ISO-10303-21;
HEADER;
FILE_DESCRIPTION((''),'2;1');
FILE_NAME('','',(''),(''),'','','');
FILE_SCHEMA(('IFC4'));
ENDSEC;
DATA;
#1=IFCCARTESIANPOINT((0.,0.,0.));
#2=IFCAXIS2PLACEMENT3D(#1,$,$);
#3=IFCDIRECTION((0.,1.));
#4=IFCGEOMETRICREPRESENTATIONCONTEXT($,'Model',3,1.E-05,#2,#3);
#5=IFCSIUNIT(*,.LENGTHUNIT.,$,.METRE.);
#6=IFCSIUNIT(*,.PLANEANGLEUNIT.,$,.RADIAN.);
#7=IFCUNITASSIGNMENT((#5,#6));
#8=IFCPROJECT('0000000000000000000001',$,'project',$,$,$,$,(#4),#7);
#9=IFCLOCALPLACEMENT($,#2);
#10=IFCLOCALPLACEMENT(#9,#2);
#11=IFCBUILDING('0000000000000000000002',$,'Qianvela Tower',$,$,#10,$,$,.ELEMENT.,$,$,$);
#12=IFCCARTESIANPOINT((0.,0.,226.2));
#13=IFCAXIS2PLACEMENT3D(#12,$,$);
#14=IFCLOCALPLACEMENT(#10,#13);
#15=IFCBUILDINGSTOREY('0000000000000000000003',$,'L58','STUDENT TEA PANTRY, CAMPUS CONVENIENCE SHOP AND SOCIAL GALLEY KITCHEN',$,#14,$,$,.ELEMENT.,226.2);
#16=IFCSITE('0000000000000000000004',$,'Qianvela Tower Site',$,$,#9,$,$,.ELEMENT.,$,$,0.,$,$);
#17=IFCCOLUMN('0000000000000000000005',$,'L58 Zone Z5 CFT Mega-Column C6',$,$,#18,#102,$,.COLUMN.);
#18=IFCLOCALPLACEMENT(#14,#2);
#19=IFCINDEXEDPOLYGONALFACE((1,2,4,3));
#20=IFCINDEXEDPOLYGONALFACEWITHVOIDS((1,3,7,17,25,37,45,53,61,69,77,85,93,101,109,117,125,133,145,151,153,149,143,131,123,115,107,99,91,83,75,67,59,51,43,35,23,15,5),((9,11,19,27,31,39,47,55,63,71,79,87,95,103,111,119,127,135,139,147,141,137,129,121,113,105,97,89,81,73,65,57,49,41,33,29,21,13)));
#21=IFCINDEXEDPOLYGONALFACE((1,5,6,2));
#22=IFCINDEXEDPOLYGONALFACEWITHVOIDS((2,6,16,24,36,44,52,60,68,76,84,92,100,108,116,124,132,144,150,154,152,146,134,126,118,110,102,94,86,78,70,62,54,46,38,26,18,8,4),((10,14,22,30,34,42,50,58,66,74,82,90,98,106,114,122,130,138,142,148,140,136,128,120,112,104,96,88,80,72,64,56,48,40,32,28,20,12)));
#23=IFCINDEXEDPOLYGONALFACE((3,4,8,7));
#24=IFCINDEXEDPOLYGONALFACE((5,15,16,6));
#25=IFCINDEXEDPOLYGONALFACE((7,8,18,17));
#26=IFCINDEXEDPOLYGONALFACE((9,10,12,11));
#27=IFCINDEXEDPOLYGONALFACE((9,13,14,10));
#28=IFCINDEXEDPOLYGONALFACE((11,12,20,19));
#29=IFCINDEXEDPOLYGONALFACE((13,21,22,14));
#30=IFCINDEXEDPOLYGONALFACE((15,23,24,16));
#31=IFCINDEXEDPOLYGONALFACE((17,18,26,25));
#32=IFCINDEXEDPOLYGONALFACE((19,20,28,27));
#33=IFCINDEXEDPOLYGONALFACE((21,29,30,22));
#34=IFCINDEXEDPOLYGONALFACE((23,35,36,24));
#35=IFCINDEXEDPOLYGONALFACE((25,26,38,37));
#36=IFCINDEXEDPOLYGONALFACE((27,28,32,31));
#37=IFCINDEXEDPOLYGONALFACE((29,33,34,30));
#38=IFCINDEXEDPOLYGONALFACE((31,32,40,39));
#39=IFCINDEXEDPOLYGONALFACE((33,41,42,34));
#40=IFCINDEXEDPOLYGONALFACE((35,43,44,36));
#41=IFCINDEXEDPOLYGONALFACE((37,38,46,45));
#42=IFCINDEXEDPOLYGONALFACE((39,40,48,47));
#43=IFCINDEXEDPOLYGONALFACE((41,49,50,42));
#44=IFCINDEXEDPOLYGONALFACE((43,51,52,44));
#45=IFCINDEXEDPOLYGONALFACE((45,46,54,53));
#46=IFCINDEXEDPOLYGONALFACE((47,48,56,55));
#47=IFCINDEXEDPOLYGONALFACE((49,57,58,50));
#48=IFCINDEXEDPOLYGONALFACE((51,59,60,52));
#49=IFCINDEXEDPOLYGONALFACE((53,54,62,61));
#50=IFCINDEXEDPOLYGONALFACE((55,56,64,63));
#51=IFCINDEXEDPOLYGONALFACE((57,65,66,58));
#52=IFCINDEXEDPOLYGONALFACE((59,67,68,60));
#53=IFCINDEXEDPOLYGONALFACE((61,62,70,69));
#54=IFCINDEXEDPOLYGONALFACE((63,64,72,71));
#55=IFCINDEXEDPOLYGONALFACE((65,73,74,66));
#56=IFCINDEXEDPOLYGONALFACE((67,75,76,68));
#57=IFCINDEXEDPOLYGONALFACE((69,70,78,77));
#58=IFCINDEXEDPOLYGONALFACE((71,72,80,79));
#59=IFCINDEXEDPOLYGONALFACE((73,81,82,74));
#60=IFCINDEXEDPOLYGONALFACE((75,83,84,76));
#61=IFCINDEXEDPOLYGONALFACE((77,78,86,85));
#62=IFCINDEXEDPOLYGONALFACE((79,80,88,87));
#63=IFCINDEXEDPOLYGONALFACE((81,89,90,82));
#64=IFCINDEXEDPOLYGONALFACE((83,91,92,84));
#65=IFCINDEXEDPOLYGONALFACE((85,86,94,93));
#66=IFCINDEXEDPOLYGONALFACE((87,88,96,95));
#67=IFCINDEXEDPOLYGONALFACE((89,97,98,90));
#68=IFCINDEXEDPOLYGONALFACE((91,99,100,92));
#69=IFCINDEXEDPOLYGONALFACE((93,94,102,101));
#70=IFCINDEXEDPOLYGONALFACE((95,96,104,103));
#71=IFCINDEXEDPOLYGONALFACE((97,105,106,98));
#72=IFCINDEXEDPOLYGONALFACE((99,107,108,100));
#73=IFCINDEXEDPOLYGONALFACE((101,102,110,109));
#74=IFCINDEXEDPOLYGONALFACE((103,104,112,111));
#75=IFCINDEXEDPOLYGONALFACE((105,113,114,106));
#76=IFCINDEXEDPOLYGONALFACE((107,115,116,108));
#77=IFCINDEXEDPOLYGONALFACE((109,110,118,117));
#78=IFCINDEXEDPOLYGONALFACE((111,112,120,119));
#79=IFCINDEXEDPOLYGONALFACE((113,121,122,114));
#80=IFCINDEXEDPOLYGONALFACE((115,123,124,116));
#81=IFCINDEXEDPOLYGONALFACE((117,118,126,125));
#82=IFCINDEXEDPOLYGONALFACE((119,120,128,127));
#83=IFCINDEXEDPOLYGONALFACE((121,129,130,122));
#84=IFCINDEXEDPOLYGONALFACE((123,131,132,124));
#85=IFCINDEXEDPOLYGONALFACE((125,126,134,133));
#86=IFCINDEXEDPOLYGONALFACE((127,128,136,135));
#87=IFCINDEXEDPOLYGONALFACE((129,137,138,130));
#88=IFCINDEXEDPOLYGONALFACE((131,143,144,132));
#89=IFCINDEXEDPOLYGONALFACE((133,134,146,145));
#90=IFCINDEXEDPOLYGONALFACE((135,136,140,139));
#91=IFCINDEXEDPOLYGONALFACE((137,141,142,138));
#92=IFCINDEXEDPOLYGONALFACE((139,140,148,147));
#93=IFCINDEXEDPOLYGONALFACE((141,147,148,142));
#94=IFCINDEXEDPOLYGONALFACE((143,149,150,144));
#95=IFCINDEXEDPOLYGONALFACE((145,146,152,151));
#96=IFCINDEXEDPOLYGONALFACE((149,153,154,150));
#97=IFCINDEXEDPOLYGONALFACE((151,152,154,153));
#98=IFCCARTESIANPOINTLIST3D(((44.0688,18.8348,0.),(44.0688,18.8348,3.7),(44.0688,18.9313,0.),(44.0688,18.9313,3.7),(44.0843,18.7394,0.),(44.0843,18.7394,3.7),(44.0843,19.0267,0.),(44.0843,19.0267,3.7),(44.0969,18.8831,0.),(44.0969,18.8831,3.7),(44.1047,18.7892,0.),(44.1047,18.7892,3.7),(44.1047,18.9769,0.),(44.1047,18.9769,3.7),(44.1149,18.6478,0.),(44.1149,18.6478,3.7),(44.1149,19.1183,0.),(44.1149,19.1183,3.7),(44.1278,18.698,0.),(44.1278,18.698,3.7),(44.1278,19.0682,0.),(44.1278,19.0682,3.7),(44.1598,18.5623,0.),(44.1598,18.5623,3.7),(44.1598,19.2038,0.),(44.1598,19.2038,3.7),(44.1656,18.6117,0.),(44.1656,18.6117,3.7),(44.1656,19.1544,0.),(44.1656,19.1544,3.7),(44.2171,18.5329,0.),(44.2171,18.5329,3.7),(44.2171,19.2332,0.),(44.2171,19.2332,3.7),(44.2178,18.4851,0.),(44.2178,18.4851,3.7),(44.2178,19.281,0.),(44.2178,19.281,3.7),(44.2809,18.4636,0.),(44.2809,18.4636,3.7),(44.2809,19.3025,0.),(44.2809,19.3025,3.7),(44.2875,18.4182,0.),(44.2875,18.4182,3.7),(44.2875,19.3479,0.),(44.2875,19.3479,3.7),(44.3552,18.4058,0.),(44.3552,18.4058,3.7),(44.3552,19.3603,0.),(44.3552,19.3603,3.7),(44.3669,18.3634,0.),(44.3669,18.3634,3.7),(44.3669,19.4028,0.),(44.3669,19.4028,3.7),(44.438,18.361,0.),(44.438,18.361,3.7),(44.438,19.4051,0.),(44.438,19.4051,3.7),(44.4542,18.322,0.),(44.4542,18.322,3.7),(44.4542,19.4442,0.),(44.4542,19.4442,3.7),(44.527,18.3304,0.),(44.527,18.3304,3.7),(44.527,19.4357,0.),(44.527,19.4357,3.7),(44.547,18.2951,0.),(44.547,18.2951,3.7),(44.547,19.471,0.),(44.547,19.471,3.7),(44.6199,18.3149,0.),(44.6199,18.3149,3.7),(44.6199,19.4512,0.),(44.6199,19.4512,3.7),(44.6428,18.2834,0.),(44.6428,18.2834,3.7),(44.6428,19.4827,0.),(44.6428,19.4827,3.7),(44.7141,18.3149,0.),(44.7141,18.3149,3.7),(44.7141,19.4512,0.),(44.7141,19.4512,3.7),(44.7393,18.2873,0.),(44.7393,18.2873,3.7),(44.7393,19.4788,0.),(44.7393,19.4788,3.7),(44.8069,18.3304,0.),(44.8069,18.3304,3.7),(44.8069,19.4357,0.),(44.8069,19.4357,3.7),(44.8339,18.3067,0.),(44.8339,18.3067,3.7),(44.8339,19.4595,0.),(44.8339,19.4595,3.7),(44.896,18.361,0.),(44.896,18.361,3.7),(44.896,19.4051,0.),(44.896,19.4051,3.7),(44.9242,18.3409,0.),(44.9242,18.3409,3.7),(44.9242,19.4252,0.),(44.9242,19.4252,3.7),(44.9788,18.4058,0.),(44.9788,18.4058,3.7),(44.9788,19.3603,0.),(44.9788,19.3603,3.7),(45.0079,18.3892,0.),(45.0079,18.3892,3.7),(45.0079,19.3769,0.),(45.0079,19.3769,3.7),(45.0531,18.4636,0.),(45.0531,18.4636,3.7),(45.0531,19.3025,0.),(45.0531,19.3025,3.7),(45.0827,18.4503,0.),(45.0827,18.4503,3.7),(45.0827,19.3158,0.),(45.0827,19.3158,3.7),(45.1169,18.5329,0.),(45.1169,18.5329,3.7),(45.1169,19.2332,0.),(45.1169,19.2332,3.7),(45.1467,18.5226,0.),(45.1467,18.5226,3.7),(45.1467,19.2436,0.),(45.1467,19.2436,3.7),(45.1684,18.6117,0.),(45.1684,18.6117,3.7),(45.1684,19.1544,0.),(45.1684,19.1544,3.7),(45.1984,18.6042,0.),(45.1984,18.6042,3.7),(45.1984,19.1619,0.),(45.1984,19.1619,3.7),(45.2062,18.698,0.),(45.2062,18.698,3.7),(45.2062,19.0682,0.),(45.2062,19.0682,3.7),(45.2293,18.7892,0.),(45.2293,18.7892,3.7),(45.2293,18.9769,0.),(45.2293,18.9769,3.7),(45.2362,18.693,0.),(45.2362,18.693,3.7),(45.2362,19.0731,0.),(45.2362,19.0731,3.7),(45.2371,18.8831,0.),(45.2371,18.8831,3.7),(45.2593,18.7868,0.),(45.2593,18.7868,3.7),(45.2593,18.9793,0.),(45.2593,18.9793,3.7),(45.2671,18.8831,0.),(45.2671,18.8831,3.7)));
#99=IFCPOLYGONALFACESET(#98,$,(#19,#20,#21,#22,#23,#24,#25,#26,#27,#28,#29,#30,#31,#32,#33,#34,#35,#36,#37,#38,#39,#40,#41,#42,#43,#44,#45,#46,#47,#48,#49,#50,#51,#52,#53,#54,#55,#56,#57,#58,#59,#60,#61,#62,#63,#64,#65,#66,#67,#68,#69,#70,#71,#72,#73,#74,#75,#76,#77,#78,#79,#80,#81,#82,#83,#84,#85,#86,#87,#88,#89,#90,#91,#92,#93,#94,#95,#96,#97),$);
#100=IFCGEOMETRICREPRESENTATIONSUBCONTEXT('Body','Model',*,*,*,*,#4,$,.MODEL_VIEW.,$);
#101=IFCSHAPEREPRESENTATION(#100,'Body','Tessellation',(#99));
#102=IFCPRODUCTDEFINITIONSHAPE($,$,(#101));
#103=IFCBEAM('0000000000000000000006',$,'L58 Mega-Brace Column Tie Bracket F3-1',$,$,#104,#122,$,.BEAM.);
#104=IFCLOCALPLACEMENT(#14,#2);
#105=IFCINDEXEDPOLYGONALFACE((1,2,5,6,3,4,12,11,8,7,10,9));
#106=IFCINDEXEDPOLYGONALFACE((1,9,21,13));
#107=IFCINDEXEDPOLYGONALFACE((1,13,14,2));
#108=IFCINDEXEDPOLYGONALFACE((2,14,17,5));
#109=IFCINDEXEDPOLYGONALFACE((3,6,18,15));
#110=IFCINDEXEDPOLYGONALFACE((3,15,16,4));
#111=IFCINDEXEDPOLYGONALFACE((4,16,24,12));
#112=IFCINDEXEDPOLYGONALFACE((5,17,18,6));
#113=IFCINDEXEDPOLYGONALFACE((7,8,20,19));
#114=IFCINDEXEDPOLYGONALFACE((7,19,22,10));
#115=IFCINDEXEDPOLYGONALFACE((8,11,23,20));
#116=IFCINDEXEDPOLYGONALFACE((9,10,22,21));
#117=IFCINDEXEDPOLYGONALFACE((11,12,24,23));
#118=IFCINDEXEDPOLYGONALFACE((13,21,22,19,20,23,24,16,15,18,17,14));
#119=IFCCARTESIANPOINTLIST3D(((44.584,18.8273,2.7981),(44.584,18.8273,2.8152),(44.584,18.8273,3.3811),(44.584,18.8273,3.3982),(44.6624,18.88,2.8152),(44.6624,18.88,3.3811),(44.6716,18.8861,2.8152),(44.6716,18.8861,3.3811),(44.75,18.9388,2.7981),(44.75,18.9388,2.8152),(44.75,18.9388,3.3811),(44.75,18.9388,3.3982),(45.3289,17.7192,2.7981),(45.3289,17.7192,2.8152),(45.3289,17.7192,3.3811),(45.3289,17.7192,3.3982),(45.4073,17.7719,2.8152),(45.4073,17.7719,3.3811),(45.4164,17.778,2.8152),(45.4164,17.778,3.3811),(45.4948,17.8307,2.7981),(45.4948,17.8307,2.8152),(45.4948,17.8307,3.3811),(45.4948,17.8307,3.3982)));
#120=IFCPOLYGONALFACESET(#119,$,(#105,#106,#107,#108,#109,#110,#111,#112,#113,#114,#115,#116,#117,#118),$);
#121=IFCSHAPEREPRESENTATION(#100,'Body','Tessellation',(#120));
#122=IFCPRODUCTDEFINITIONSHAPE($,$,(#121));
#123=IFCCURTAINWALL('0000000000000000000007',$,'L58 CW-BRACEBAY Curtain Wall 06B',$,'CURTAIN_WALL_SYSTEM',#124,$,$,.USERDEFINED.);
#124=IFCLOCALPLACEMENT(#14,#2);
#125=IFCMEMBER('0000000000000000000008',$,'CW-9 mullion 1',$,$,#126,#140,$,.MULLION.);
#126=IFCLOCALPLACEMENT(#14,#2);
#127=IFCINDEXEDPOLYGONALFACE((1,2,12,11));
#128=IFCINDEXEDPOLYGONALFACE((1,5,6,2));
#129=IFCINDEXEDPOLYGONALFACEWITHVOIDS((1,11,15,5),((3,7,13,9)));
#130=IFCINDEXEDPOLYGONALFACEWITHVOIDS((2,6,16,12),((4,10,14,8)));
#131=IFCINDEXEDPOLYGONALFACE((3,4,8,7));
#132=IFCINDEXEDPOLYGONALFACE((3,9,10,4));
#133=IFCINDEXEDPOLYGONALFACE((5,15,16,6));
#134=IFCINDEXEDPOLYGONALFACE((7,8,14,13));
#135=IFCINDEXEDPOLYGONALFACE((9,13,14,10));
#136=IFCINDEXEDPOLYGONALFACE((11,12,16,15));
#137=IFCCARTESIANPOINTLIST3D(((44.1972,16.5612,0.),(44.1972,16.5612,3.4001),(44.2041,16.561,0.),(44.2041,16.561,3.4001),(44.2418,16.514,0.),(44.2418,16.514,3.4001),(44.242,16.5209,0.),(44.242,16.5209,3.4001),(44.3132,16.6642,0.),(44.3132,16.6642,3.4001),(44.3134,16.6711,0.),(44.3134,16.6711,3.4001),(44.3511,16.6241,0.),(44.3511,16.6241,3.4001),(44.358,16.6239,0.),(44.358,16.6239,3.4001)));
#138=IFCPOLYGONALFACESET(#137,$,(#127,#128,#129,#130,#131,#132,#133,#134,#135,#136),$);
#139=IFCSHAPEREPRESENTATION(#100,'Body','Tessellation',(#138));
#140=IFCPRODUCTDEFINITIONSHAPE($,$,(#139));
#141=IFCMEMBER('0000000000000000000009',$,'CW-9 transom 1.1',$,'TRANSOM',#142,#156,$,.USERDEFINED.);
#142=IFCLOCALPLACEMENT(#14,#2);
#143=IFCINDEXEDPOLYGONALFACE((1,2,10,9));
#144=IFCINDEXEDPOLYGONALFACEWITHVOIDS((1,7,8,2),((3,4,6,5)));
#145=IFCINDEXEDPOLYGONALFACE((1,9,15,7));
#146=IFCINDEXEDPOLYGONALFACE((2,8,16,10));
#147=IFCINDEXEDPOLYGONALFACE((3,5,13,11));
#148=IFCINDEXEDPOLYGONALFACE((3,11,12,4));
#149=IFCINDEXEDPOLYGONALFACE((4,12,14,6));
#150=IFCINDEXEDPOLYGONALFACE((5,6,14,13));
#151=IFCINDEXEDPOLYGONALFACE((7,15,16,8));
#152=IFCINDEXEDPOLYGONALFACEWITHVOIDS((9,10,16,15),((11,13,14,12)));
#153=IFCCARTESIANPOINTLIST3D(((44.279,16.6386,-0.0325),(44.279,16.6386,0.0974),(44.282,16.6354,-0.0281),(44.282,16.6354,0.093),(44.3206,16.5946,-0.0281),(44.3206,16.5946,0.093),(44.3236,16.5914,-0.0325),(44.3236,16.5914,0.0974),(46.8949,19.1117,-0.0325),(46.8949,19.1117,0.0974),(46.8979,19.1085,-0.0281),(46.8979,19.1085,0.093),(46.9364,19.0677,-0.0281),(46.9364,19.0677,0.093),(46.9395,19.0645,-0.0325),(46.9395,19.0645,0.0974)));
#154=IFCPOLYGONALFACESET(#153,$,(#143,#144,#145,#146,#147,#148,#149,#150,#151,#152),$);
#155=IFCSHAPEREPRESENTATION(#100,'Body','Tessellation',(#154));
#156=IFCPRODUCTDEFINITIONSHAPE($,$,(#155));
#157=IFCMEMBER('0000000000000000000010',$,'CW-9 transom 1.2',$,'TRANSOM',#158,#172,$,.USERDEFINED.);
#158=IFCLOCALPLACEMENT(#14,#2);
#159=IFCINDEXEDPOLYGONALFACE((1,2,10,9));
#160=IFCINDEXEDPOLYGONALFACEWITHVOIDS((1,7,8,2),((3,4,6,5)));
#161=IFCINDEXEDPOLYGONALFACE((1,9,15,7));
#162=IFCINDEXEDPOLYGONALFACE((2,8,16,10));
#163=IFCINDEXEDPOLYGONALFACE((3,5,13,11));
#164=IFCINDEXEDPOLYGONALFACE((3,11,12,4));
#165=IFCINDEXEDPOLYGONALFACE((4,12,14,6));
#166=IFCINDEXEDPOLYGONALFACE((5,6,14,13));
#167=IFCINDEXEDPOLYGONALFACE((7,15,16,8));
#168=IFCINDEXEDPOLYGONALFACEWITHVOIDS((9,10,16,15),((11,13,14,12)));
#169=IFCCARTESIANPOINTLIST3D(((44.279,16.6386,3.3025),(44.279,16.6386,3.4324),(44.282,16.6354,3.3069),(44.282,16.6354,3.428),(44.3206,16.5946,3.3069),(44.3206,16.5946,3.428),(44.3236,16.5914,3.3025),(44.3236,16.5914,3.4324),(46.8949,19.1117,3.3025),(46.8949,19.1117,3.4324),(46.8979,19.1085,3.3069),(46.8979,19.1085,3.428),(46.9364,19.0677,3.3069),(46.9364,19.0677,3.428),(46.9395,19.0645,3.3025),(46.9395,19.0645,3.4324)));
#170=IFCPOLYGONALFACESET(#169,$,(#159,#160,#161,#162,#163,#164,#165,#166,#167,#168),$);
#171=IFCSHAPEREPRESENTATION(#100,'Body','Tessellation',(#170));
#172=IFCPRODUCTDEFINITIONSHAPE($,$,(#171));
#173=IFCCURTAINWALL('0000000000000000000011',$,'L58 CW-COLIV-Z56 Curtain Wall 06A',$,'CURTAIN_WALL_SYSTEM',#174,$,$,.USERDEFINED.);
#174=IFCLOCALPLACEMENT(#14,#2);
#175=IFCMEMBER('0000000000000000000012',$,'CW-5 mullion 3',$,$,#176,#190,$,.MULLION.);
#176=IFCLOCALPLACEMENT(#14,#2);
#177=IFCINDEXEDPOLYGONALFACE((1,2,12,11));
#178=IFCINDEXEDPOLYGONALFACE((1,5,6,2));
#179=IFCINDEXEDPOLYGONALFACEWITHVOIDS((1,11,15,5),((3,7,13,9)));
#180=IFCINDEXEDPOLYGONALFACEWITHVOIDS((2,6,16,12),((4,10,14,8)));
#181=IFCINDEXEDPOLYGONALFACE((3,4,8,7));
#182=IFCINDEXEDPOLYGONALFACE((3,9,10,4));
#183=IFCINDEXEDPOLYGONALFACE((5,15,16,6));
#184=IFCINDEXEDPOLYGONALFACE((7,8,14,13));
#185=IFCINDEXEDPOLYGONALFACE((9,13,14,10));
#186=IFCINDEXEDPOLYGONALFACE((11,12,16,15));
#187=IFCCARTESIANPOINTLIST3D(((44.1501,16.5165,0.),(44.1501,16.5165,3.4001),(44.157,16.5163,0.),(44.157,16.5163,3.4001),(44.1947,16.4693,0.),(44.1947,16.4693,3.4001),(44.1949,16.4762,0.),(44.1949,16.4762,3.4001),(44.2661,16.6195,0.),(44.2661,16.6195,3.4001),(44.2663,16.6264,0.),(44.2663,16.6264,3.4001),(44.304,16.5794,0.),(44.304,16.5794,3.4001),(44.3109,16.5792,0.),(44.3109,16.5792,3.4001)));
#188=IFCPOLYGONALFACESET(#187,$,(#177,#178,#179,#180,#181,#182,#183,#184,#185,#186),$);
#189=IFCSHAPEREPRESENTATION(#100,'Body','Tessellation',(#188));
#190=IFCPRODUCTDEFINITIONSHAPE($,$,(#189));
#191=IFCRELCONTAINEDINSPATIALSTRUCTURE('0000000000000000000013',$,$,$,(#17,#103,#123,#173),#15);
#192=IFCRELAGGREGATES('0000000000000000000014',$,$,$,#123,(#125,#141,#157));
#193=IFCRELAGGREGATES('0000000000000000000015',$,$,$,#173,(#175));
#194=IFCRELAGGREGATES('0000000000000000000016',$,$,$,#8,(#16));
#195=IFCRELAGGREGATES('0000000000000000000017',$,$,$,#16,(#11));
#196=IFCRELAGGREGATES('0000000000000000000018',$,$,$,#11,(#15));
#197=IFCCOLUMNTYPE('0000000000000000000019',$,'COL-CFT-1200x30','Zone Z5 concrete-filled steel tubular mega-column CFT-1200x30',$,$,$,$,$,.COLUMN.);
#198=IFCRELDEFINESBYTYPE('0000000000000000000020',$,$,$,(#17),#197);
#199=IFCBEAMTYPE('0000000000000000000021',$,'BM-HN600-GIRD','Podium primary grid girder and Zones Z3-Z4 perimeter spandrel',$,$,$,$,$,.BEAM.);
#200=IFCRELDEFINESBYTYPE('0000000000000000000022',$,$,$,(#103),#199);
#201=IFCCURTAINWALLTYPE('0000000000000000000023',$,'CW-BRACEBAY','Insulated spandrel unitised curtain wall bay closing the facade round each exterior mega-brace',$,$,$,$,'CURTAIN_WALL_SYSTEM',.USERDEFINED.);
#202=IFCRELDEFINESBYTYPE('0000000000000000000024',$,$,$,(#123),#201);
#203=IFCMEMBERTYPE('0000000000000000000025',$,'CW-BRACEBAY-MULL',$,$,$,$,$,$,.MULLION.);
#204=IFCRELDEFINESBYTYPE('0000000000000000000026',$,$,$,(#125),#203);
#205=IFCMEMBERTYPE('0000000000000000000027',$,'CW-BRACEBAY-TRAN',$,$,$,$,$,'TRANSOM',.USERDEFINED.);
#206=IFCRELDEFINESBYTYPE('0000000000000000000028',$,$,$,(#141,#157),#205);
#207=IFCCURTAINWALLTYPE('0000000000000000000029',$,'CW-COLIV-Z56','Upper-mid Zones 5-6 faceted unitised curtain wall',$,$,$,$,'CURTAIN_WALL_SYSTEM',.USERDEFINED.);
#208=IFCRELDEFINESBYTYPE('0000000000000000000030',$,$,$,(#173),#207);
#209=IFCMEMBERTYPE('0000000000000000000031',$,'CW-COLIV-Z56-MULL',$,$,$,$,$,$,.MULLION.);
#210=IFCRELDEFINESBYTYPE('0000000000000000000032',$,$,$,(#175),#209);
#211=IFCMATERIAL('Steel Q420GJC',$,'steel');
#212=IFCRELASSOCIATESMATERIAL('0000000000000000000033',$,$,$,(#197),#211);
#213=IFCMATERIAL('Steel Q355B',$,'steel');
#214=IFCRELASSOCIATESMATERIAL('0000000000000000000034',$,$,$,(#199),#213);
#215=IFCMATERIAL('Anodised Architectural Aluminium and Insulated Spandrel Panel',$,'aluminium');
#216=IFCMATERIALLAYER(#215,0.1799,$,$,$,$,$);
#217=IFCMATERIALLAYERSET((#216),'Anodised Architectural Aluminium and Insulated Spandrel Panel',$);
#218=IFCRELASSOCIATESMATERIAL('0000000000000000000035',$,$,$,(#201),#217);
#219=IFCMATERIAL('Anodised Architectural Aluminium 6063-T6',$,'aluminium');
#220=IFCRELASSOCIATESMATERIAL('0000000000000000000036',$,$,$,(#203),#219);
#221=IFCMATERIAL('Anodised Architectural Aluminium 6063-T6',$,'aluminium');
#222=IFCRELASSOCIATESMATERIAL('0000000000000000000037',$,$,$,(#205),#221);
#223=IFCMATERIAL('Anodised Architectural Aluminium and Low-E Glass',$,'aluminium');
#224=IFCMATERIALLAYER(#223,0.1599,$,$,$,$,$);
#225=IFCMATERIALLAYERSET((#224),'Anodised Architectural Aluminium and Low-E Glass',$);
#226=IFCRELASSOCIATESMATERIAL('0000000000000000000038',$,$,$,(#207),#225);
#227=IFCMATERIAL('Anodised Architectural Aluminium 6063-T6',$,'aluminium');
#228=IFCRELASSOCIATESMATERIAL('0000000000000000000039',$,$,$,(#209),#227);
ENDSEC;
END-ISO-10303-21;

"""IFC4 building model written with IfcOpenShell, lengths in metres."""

from ifc_helpers import new_model, si_unit, direction, frame, origin, origin_2d, place, context, subcontext, project, spatial, hollow_rectangle, hollow_circle, i_section, extrude, material, layer, layer_set, material_profile, profile_set, type_object, element, aggregate, save


model = new_model("IFC4")

# Units and contexts
model_context = context("Model", 3, precision=1e-05, world=origin(), true_north=direction((0.0, 1.0)))
body_context = subcontext(model_context, "Body", "Model", "MODEL_VIEW")
ifc_project = project(units=[si_unit("LENGTHUNIT", "METRE"), si_unit("PLANEANGLEUNIT", "RADIAN")], contexts=[model_context])

# Site, building, storey
site_placement = place(None, origin())
site = spatial("IfcSite", under=ifc_project, at=site_placement, Name="Qianvela Tower Site", CompositionType="ELEMENT", RefElevation=0.0)
building_placement = place(site_placement, origin())
building = spatial("IfcBuilding", under=site, at=building_placement, Name="Qianvela Tower", CompositionType="ELEMENT")
storey_placement = place(building_placement, frame((0.0, 0.0, 226.2)))
storey = spatial("IfcBuildingStorey", under=building, at=storey_placement, Name="L58", Description="STUDENT TEA PANTRY, CAMPUS CONVENIENCE SHOP AND SOCIAL GALLEY KITCHEN", CompositionType="ELEMENT", Elevation=226.2)

# Column
ifc_material_1 = material(Name="Steel Q420GJC", Category="steel")
ifc_material_profile_1 = material_profile(ifc_material_1, hollow_circle(Radius=0.6001, WallThickness=0.03, at=origin_2d()), Name="CFT-1200x30")
ifc_profile_set_1 = profile_set([ifc_material_profile_1], Name="Steel Q420GJC")
column_type = type_object("IfcColumnType", Name="COL-CFT-1200x30", Description="Zone Z5 concrete-filled steel tubular mega-column CFT-1200x30", PredefinedType="COLUMN", material=ifc_profile_set_1)
column_placement = place(storey_placement, frame((44.667, 18.8831, 0.0), z_axis=(0.0, 0.0, 1.0), x_axis=(1.0, 0.0, 0.0)))
element("IfcColumn", 1, at=column_placement, inside=storey, type_object=column_type, Name="L58 Zone Z5 CFT Mega-Column C6", PredefinedType="COLUMN", context=body_context, shape_type="SweptSolid", body=[
    extrude(hollow_circle(Radius=0.6001, WallThickness=0.03, at=origin_2d()), origin(), (0.0, 0.0, 1.0), 3.7),
])

# Beam
ifc_material_2 = material(Name="Steel Q355B", Category="steel")
ifc_material_profile_2 = material_profile(ifc_material_2, i_section(OverallWidth=0.2, OverallDepth=0.6001, WebThickness=0.011, FlangeThickness=0.0171, at=origin_2d()), Name="HN600x200x11x17")
ifc_profile_set_2 = profile_set([ifc_material_profile_2], Name="Steel Q355B")
beam_type = type_object("IfcBeamType", Name="BM-HN600-GIRD", Description="Podium primary grid girder and Zones Z3-Z4 perimeter spandrel", PredefinedType="BEAM", material=ifc_profile_set_2)
beam_placement = place(storey_placement, frame((44.667, 18.8831, 3.0981), z_axis=(0.557861, -0.829935, 0.0), x_axis=(0.829935, 0.557861, 0.0)))
element("IfcBeam", 2, at=beam_placement, inside=storey, type_object=beam_type, Name="L58 Mega-Brace Column Tie Bracket F3-1", PredefinedType="BEAM", context=body_context, shape_type="SweptSolid", body=[
    extrude(i_section(OverallWidth=0.2, OverallDepth=0.6001, WebThickness=0.011, FlangeThickness=0.0171, at=origin_2d()), origin(), (0.0, 0.0, 1.0), 1.3352),
])

# Curtain wall, members
ifc_material_3 = material(Name="Anodised Architectural Aluminium and Insulated Spandrel Panel", Category="aluminium")
ifc_layer_1 = layer(ifc_material_3, 0.1799)
ifc_layer_set_1 = layer_set([ifc_layer_1], Name="Anodised Architectural Aluminium and Insulated Spandrel Panel")
curtain_wall_type_1 = type_object("IfcCurtainWallType", Name="CW-BRACEBAY", Description="Insulated spandrel unitised curtain wall bay closing the facade round each exterior mega-brace", ElementType="CURTAIN_WALL_SYSTEM", PredefinedType="USERDEFINED", material=ifc_layer_set_1)
curtain_wall_1_placement = place(storey_placement, origin())
curtain_wall_1 = element("IfcCurtainWall", 3, at=curtain_wall_1_placement, inside=storey, type_object=curtain_wall_type_1, Name="L58 CW-BRACEBAY Curtain Wall 06B", ObjectType="CURTAIN_WALL_SYSTEM", PredefinedType="USERDEFINED")
ifc_material_4 = material(Name="Anodised Architectural Aluminium 6063-T6", Category="aluminium")
ifc_material_profile_3 = material_profile(ifc_material_4, hollow_rectangle(XDim=0.0649, YDim=0.1599, WallThickness=0.0049, at=origin_2d()), Name="ALU-MULL-65x160")
ifc_profile_set_3 = profile_set([ifc_material_profile_3], Name="Anodised Architectural Aluminium 6063-T6")
member_type_1 = type_object("IfcMemberType", Name="CW-BRACEBAY-MULL", PredefinedType="MULLION", material=ifc_profile_set_3)
member_1_placement = place(storey_placement, frame((44.2776, 16.5925, 0.0), z_axis=(0.0, 0.0, 1.0), x_axis=(-0.687003, 0.726655, 0.0)))
member_1 = element("IfcMember", 4, at=member_1_placement, type_object=member_type_1, Name="CW-9 mullion 1", PredefinedType="MULLION", context=body_context, shape_type="SweptSolid", body=[
    extrude(hollow_rectangle(XDim=0.0649, YDim=0.1599, WallThickness=0.0049, at=origin_2d()), origin(), (0.0, 0.0, 1.0), 3.4001),
])
ifc_material_5 = material(Name="Anodised Architectural Aluminium 6063-T6", Category="aluminium")
ifc_material_profile_4 = material_profile(ifc_material_5, hollow_rectangle(XDim=0.0649, YDim=0.1299, WallThickness=0.0044, at=origin_2d()), Name="ALU-TRAN-65x130")
ifc_profile_set_4 = profile_set([ifc_material_profile_4], Name="Anodised Architectural Aluminium 6063-T6")
member_type_2 = type_object("IfcMemberType", Name="CW-BRACEBAY-TRAN", ElementType="TRANSOM", PredefinedType="USERDEFINED", material=ifc_profile_set_4)
member_2_placement = place(storey_placement, frame((44.3013, 16.615, 0.0325), z_axis=(0.726665, 0.686992, 0.0), x_axis=(-0.686992, 0.726665, 0.0)))
member_2 = element("IfcMember", 5, at=member_2_placement, type_object=member_type_2, Name="CW-9 transom 1.1", ObjectType="TRANSOM", PredefinedType="USERDEFINED", context=body_context, shape_type="SweptSolid", body=[
    extrude(hollow_rectangle(XDim=0.0649, YDim=0.1299, WallThickness=0.0044, at=origin_2d()), origin(), (0.0, 0.0, 1.0), 3.5999),
])
member_3_placement = place(storey_placement, frame((44.3013, 16.615, 3.3674), z_axis=(0.726665, 0.686992, 0.0), x_axis=(-0.686992, 0.726665, 0.0)))
member_3 = element("IfcMember", 6, at=member_3_placement, type_object=member_type_2, Name="CW-9 transom 1.2", ObjectType="TRANSOM", PredefinedType="USERDEFINED", context=body_context, shape_type="SweptSolid", body=[
    extrude(hollow_rectangle(XDim=0.0649, YDim=0.1299, WallThickness=0.0044, at=origin_2d()), origin(), (0.0, 0.0, 1.0), 3.5999),
])
aggregate(curtain_wall_1, [member_1, member_2, member_3])

# Curtain wall, member
ifc_material_6 = material(Name="Anodised Architectural Aluminium and Low-E Glass", Category="aluminium")
ifc_layer_2 = layer(ifc_material_6, 0.1599)
ifc_layer_set_2 = layer_set([ifc_layer_2], Name="Anodised Architectural Aluminium and Low-E Glass")
curtain_wall_type_2 = type_object("IfcCurtainWallType", Name="CW-COLIV-Z56", Description="Upper-mid Zones 5-6 faceted unitised curtain wall", ElementType="CURTAIN_WALL_SYSTEM", PredefinedType="USERDEFINED", material=ifc_layer_set_2)
curtain_wall_2_placement = place(storey_placement, origin())
curtain_wall_2 = element("IfcCurtainWall", 7, at=curtain_wall_2_placement, inside=storey, type_object=curtain_wall_type_2, Name="L58 CW-COLIV-Z56 Curtain Wall 06A", ObjectType="CURTAIN_WALL_SYSTEM", PredefinedType="USERDEFINED")
ifc_material_7 = material(Name="Anodised Architectural Aluminium 6063-T6", Category="aluminium")
ifc_material_profile_5 = material_profile(ifc_material_7, hollow_rectangle(XDim=0.0649, YDim=0.1599, WallThickness=0.0049, at=origin_2d()), Name="ALU-MULL-65x160")
ifc_profile_set_5 = profile_set([ifc_material_profile_5], Name="Anodised Architectural Aluminium 6063-T6")
member_type_3 = type_object("IfcMemberType", Name="CW-COLIV-Z56-MULL", PredefinedType="MULLION", material=ifc_profile_set_5)
member_4_placement = place(storey_placement, frame((44.2305, 16.5479, 0.0), z_axis=(0.0, 0.0, 1.0), x_axis=(-0.686997, 0.72666, 0.0)))
member_4 = element("IfcMember", 8, at=member_4_placement, type_object=member_type_3, Name="CW-5 mullion 3", PredefinedType="MULLION", context=body_context, shape_type="SweptSolid", body=[
    extrude(hollow_rectangle(XDim=0.0649, YDim=0.1599, WallThickness=0.0049, at=origin_2d()), origin(), (0.0, 0.0, 1.0), 3.4001),
])

aggregate(curtain_wall_2, [member_4])

save(model, "model.ifc")
